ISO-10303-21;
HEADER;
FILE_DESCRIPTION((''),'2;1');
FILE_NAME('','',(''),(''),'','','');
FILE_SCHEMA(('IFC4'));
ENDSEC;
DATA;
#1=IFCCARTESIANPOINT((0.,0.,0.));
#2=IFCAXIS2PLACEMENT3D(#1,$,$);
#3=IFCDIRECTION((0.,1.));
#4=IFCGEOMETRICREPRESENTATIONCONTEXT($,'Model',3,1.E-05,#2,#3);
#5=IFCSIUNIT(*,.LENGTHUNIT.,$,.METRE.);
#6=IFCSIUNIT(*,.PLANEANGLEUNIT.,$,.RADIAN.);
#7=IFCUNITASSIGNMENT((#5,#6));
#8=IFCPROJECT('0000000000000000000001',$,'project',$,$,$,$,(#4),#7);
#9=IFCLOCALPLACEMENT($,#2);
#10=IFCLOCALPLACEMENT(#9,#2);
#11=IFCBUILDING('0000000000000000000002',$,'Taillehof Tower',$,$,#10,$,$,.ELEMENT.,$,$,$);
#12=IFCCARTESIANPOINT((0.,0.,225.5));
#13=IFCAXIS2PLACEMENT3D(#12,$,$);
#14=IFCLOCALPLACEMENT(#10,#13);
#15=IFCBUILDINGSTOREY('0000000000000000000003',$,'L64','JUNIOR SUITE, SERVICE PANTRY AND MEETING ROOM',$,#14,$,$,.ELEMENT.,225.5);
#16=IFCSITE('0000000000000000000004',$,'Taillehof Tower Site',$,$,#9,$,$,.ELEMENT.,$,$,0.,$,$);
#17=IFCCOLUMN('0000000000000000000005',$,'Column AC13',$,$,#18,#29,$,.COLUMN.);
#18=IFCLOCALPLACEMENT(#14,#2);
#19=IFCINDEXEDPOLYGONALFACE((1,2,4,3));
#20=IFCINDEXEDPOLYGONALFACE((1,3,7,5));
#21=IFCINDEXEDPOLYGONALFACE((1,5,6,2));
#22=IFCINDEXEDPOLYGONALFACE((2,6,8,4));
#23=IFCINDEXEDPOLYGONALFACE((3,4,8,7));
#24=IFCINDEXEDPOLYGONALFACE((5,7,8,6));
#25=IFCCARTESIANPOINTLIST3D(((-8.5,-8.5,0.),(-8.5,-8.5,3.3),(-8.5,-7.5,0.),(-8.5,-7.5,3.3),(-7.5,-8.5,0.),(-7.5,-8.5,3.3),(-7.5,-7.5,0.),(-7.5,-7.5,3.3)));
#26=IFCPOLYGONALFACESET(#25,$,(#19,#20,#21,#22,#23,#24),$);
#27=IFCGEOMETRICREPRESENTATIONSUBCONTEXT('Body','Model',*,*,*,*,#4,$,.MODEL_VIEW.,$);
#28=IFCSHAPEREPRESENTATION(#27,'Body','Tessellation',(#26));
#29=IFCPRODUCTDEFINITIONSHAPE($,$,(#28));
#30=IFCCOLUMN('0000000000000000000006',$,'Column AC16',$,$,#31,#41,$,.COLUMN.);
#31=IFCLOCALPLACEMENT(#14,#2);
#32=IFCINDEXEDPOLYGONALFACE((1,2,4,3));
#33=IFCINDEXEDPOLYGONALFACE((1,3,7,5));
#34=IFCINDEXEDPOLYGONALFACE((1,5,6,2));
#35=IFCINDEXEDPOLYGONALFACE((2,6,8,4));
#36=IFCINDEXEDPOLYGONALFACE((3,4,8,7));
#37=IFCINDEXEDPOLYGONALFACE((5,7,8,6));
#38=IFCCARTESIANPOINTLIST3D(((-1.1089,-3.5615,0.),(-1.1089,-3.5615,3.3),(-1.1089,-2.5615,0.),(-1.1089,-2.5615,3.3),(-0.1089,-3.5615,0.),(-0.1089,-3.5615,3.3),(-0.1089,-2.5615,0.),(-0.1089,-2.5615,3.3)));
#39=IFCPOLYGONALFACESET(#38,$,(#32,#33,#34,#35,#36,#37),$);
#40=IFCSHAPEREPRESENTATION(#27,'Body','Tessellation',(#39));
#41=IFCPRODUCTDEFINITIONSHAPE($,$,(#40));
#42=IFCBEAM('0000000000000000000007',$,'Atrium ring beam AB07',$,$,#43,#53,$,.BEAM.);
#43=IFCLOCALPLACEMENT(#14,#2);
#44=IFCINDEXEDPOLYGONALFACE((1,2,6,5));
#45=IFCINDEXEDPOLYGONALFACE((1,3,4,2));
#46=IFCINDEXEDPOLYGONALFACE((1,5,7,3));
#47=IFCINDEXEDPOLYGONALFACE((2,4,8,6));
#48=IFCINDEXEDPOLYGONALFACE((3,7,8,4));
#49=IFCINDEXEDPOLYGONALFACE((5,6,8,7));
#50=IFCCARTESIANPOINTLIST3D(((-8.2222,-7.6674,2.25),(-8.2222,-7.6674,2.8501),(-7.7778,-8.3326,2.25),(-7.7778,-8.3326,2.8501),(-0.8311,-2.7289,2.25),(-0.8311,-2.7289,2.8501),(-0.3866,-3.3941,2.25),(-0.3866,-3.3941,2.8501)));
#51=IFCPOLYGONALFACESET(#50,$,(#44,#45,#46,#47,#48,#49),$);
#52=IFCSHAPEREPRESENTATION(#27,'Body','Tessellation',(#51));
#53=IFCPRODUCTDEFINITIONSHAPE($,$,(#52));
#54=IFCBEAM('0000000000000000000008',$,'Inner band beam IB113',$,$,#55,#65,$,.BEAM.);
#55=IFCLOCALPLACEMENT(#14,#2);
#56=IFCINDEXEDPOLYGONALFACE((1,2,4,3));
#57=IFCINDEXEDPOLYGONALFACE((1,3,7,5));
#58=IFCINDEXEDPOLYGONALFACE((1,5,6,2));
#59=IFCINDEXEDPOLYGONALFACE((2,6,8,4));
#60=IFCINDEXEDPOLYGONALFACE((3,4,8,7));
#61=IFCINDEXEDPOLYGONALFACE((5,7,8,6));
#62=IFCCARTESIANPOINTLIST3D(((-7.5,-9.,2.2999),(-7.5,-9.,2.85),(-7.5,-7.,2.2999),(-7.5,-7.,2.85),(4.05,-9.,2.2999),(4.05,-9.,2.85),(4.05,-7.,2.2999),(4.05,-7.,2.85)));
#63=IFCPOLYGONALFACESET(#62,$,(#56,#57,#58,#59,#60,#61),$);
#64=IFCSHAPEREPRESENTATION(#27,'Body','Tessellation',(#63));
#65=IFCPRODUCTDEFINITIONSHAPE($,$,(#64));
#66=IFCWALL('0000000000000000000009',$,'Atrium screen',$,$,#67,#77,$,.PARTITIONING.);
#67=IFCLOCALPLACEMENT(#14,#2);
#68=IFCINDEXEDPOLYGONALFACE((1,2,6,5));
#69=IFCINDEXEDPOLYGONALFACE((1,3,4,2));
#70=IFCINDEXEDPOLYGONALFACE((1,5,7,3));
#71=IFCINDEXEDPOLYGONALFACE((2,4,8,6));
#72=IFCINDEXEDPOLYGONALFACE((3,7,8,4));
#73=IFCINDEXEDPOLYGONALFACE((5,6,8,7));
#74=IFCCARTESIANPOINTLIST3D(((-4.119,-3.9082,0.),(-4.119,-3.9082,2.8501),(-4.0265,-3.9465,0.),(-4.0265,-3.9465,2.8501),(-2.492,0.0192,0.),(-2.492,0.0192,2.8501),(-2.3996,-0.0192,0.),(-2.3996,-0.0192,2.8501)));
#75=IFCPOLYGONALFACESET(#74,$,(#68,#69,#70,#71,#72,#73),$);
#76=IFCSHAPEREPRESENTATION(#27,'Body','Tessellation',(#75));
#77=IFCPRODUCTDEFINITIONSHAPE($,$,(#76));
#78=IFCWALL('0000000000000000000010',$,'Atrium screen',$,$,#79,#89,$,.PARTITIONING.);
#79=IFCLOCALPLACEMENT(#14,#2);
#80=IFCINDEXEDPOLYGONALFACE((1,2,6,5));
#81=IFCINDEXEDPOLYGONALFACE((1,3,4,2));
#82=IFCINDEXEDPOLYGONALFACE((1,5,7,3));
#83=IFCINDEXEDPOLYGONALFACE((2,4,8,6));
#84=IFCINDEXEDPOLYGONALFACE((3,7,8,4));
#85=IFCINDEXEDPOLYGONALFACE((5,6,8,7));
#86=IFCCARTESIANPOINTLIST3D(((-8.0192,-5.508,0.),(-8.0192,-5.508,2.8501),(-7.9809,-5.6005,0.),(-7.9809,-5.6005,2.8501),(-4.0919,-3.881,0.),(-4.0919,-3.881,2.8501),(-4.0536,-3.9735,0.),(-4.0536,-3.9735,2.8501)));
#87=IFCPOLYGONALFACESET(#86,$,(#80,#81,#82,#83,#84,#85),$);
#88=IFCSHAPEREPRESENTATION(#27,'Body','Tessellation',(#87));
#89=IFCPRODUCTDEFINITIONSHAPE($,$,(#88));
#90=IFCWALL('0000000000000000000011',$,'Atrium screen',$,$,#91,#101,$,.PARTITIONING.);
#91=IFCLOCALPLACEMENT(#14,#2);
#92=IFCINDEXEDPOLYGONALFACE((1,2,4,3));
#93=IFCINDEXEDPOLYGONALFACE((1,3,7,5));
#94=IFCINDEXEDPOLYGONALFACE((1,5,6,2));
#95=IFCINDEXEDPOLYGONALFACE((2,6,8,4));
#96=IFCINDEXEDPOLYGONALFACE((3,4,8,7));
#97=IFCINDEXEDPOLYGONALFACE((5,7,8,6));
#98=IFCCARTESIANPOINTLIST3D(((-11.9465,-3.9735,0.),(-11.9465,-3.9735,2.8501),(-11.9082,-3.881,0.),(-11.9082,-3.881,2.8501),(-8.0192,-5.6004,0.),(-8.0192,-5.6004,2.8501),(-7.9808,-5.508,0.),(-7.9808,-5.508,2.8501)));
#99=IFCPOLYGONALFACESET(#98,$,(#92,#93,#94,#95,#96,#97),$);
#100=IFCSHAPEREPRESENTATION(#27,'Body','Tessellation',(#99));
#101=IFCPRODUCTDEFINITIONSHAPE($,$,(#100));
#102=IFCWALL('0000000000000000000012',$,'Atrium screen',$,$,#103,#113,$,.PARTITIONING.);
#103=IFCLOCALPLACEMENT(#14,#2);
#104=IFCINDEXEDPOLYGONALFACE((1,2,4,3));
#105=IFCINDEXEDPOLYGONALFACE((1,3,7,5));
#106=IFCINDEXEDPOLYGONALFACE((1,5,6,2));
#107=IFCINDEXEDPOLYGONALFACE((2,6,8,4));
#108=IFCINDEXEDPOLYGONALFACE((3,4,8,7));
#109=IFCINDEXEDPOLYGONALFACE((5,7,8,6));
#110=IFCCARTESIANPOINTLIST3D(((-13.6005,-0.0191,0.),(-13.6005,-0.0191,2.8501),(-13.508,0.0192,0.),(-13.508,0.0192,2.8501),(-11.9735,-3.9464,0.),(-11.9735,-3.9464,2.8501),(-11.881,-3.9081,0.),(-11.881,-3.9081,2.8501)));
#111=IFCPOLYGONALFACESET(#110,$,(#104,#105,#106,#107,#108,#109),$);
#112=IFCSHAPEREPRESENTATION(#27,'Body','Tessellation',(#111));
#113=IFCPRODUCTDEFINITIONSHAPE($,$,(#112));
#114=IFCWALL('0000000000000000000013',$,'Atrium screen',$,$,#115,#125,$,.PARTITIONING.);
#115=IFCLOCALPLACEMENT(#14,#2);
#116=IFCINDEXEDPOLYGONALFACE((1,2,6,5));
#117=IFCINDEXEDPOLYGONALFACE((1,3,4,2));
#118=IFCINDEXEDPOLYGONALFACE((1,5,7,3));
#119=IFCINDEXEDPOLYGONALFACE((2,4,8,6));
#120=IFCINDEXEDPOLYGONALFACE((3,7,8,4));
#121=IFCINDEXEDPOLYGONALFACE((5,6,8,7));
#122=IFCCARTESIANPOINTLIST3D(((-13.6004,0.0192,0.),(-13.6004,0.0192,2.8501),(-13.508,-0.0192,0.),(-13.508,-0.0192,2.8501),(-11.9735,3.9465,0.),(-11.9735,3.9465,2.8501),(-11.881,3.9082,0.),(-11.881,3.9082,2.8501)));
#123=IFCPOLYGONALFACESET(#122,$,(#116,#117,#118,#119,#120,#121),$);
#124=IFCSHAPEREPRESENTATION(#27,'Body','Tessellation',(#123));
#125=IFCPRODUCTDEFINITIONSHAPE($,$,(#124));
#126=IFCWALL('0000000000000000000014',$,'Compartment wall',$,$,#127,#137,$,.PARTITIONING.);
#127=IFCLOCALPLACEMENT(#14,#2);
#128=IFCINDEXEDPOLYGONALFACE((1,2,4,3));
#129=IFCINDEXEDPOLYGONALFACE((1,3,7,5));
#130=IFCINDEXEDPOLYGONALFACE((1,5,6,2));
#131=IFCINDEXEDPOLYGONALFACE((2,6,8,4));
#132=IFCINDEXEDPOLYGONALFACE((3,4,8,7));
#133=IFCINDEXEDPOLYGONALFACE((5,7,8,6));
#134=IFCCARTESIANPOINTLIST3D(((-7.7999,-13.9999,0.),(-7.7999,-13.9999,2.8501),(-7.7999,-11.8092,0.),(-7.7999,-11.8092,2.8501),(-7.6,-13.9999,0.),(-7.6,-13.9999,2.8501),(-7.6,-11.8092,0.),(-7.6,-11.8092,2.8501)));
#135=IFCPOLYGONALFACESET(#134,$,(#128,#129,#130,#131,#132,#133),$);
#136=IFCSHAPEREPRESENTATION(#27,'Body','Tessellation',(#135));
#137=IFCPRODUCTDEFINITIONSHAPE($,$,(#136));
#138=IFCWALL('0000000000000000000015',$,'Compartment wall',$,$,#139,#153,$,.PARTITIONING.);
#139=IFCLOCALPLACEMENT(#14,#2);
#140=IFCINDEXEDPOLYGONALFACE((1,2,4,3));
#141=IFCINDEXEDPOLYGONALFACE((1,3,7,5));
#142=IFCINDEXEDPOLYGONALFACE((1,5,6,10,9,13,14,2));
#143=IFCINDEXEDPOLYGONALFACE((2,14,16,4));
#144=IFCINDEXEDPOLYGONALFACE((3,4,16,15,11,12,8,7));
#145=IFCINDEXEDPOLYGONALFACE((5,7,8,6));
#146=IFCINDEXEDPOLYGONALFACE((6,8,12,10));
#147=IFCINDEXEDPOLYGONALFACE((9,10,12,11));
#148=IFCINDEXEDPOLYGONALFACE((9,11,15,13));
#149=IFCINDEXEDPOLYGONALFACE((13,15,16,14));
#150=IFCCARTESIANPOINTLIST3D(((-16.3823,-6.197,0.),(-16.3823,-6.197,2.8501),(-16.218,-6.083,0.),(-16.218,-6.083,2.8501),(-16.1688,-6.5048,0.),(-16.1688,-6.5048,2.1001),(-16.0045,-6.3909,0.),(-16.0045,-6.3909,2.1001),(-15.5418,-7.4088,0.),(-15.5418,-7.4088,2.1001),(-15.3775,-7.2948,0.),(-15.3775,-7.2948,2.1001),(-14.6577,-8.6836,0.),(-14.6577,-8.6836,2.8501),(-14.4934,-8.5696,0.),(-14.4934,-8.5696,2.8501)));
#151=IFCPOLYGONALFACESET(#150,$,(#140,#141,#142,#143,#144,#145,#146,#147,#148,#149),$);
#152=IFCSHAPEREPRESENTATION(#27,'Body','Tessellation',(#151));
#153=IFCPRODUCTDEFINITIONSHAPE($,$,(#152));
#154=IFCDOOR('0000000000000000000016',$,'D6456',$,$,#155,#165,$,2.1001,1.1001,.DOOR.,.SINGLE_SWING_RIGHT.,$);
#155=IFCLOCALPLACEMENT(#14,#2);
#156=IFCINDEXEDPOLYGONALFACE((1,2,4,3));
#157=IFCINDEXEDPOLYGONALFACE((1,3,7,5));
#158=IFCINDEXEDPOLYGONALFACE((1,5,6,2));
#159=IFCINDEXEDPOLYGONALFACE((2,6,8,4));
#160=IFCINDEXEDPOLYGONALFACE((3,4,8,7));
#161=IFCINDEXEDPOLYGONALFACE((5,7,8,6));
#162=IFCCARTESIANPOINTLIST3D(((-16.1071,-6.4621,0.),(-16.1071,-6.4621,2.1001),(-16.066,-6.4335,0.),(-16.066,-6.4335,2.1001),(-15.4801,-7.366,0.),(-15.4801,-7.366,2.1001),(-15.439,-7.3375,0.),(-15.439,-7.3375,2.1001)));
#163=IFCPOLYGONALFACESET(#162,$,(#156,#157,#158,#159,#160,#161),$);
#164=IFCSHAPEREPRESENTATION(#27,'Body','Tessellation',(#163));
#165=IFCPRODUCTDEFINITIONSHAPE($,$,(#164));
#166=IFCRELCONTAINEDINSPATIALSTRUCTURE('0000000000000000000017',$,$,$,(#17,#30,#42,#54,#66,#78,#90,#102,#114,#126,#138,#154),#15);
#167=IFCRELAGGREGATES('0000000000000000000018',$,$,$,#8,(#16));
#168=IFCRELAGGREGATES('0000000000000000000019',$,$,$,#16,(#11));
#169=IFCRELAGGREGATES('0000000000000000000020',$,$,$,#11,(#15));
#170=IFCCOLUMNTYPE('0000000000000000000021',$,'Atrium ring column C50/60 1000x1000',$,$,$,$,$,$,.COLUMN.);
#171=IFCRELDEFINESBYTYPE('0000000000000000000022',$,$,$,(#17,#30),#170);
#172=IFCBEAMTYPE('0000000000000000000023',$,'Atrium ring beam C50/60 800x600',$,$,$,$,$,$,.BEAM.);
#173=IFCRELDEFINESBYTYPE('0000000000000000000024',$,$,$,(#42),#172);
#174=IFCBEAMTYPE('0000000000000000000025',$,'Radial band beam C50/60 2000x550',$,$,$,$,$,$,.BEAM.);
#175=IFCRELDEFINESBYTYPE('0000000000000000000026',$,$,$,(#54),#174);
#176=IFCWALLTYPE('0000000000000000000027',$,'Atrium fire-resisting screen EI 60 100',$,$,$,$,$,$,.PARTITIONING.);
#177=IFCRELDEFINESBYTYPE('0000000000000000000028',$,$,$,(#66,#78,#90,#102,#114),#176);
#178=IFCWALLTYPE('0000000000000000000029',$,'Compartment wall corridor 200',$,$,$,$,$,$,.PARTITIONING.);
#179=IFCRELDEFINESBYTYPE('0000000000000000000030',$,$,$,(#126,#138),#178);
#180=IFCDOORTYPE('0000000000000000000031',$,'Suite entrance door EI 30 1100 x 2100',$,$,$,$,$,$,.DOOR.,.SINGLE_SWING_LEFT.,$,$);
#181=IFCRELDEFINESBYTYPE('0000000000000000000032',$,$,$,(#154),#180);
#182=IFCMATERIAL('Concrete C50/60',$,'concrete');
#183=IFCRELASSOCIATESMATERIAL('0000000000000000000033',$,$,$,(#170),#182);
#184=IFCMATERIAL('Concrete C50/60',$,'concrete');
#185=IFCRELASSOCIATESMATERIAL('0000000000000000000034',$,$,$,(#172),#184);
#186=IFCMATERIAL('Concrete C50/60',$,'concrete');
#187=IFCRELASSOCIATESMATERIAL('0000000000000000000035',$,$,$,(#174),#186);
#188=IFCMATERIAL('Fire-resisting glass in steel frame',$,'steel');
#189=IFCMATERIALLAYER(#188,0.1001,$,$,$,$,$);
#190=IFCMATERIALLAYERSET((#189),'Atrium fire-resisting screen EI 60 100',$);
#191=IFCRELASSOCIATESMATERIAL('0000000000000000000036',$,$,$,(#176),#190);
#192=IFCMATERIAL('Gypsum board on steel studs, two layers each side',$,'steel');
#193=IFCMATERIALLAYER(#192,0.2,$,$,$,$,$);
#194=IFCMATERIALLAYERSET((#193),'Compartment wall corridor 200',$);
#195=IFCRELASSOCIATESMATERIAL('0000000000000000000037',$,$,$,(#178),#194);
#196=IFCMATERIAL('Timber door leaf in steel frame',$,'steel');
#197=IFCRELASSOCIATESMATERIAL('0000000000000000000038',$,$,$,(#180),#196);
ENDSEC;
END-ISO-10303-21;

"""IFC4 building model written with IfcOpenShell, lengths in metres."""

from ifc_helpers import new_model, si_unit, direction, frame, frame_2d, origin, origin_2d, place, context, subcontext, project, spatial, rectangle, extrude, material, layer, layer_set, material_profile, profile_set, type_object, element, fill, save


model = new_model("IFC4")

# Units and contexts
model_context = context("Model", 3, precision=1e-05, world=origin(), true_north=direction((0.0, 1.0)))
body_context = subcontext(model_context, "Body", "Model", "MODEL_VIEW")
ifc_project = project(units=[si_unit("LENGTHUNIT", "METRE"), si_unit("PLANEANGLEUNIT", "RADIAN")], contexts=[model_context])

# Site, building, storey
site_placement = place(None, origin())
site = spatial("IfcSite", under=ifc_project, at=site_placement, Name="Taillehof Tower Site", CompositionType="ELEMENT", RefElevation=0.0)
building_placement = place(site_placement, origin())
building = spatial("IfcBuilding", under=site, at=building_placement, Name="Taillehof Tower", CompositionType="ELEMENT")
storey_placement = place(building_placement, frame((0.0, 0.0, 225.5)))
storey = spatial("IfcBuildingStorey", under=building, at=storey_placement, Name="L64", Description="JUNIOR SUITE, SERVICE PANTRY AND MEETING ROOM", CompositionType="ELEMENT", Elevation=225.5)

# Columns
ifc_material_1 = material(Name="Concrete C50/60", Category="concrete")
ifc_material_profile_1 = material_profile(ifc_material_1, rectangle(XDim=1.0, YDim=1.0, at=origin_2d()), Name="RC 1000x1000")
ifc_profile_set_1 = profile_set([ifc_material_profile_1], Name="Concrete C50/60")
column_type = type_object("IfcColumnType", Name="Atrium ring column C50/60 1000x1000", PredefinedType="COLUMN", material=ifc_profile_set_1)
for number, where, z_axis, x_axis, name in (
    (1, (-8.0, -8.0, 0.0), (0.0, 0.0, 1.0), (1.0, 0.0, 0.0), "Column AC13"),
    (2, (-0.6089, -3.0615, 0.0), (0.0, 0.0, 1.0), (1.0, 0.0, 0.0), "Column AC16"),
):
    element("IfcColumn", number, at=place(storey_placement, frame(where, z_axis=z_axis, x_axis=x_axis)), inside=storey, type_object=column_type, Name=name, PredefinedType="COLUMN", context=body_context, shape_type="SweptSolid", body=[
        extrude(rectangle(XDim=1.0, YDim=1.0, at=origin_2d()), origin(), (0.0, 0.0, 1.0), 3.3),
    ])

# Beams
ifc_material_2 = material(Name="Concrete C50/60", Category="concrete")
ifc_material_profile_2 = material_profile(ifc_material_2, rectangle(XDim=0.8, YDim=0.6001, at=origin_2d()), Name="RC 800x600")
ifc_profile_set_2 = profile_set([ifc_material_profile_2], Name="Concrete C50/60")
beam_type_1 = type_object("IfcBeamType", Name="Atrium ring beam C50/60 800x600", PredefinedType="BEAM", material=ifc_profile_set_2)
beam_1_placement = place(storey_placement, frame((-8.0, -8.0, 2.55), z_axis=(0.831475, 0.555562, 0.0), x_axis=(-0.555562, 0.831475, 0.0)))
element("IfcBeam", 3, at=beam_1_placement, inside=storey, type_object=beam_type_1, Name="Atrium ring beam AB07", PredefinedType="BEAM", context=body_context, shape_type="SweptSolid", body=[
    extrude(rectangle(XDim=0.8, YDim=0.6001, at=origin_2d()), origin(), (0.0, 0.0, 1.0), 8.8892),
])
ifc_material_3 = material(Name="Concrete C50/60", Category="concrete")
ifc_material_profile_3 = material_profile(ifc_material_3, rectangle(XDim=2.0, YDim=0.55, at=origin_2d()), Name="RC 2000x550")
ifc_profile_set_3 = profile_set([ifc_material_profile_3], Name="Concrete C50/60")
beam_type_2 = type_object("IfcBeamType", Name="Radial band beam C50/60 2000x550", PredefinedType="BEAM", material=ifc_profile_set_3)
beam_2_placement = place(storey_placement, frame((-7.5, -8.0, 2.575), z_axis=(1.0, 0.0, 0.0), x_axis=(0.0, 1.0, 0.0)))
element("IfcBeam", 4, at=beam_2_placement, inside=storey, type_object=beam_type_2, Name="Inner band beam IB113", PredefinedType="BEAM", context=body_context, shape_type="SweptSolid", body=[
    extrude(rectangle(XDim=2.0, YDim=0.55, at=origin_2d()), origin(), (0.0, 0.0, 1.0), 11.55),
])

# Walls
ifc_material_4 = material(Name="Fire-resisting glass in steel frame", Category="steel")
ifc_layer_1 = layer(ifc_material_4, 0.1001)
ifc_layer_set_1 = layer_set([ifc_layer_1], Name="Atrium fire-resisting screen EI 60 100")
wall_type_1 = type_object("IfcWallType", Name="Atrium fire-resisting screen EI 60 100", PredefinedType="PARTITIONING", material=ifc_layer_set_1)
for number, where, z_axis, x_axis, name in (
    (5, (-2.4458, 0.0, 0.0), (0.0, 0.0, 1.0), (-0.382731, -0.92386, 0.0), "Atrium screen"),
    (6, (-4.0728, -3.9272, 0.0), (0.0, 0.0, 1.0), (-0.92386, -0.382731, 0.0), "Atrium screen"),
    (7, (-8.0, -5.5542, 0.0), (0.0, 0.0, 1.0), (-0.92386, 0.382731, 0.0), "Atrium screen"),
    (8, (-11.9272, -3.9272, 0.0), (0.0, 0.0, 1.0), (-0.382731, 0.92386, 0.0), "Atrium screen"),
    (9, (-13.5542, 0.0, 0.0), (0.0, 0.0, 1.0), (0.382731, 0.92386, 0.0), "Atrium screen"),
):
    element("IfcWall", number, at=place(storey_placement, frame(where, z_axis=z_axis, x_axis=x_axis)), inside=storey, type_object=wall_type_1, Name=name, PredefinedType="PARTITIONING", context=body_context, shape_type="SweptSolid", body=[
        extrude(rectangle(XDim=4.251, YDim=0.1001, at=frame_2d((2.1255, 0.0))), origin(), (0.0, 0.0, 1.0), 2.8501),
    ])
ifc_material_5 = material(Name="Gypsum board on steel studs, two layers each side", Category="steel")
ifc_layer_2 = layer(ifc_material_5, 0.2)
ifc_layer_set_2 = layer_set([ifc_layer_2], Name="Compartment wall corridor 200")
wall_type_2 = type_object("IfcWallType", Name="Compartment wall corridor 200", PredefinedType="PARTITIONING", material=ifc_layer_set_2)
wall_1_placement = place(storey_placement, frame((-7.7, -11.8093, 0.0), z_axis=(0.0, 0.0, 1.0), x_axis=(0.0, -1.0, 0.0)))
element("IfcWall", 10, at=wall_1_placement, inside=storey, type_object=wall_type_2, Name="Compartment wall", PredefinedType="PARTITIONING", context=body_context, shape_type="SweptSolid", body=[
    extrude(rectangle(XDim=2.1907, YDim=0.2, at=frame_2d((1.0952, 0.0))), origin(), (0.0, 0.0, 1.0), 2.8501),
])

# Wall, opening, door
wall_2_placement = place(storey_placement, frame((-14.5754, -8.6267, 0.0), z_axis=(0.0, 0.0, 1.0), x_axis=(-0.56991, 0.821707, 0.0)))
wall_2 = element("IfcWall", 11, at=wall_2_placement, inside=storey, type_object=wall_type_2, Name="Compartment wall", PredefinedType="PARTITIONING", context=body_context, shape_type="SweptSolid", body=[
    extrude(rectangle(XDim=3.0261, YDim=0.2, at=frame_2d((1.5132, 0.0))), origin(), (0.0, 0.0, 1.0), 2.8501),
])
opening_1_placement = place(wall_2_placement, frame((1.5515, 0.0, 0.0)))
opening_1 = element("IfcOpeningElement", 12, at=opening_1_placement, cuts=wall_2, PredefinedType="OPENING", context=body_context, shape_type="SweptSolid", body=[
    extrude(rectangle(XDim=1.1001, YDim=2.1001, at=frame_2d((0.55, 1.05))), frame((0.0, 0.1099, 0.0), z_axis=(0.0, -1.0, 0.0), x_axis=(1.0, 0.0, 0.0)), (0.0, 0.0, 1.0), 0.22),
])
ifc_material_6 = material(Name="Timber door leaf in steel frame", Category="steel")
door_type_1 = type_object("IfcDoorType", Name="Suite entrance door EI 30 1100 x 2100", OperationType="SINGLE_SWING_LEFT", PredefinedType="DOOR", material=ifc_material_6)
door_1_placement = place(opening_1_placement, origin())
door_1 = element("IfcDoor", 13, at=door_1_placement, inside=storey, type_object=door_type_1, Name="D6456", OperationType="SINGLE_SWING_RIGHT", OverallHeight=2.1001, OverallWidth=1.1001, PredefinedType="DOOR", context=body_context, shape_type="SweptSolid", body=[
    extrude(rectangle(XDim=1.1001, YDim=2.1001, at=frame_2d((0.55, 1.05))), frame((0.0, 0.0249, 0.0), z_axis=(0.0, -1.0, 0.0), x_axis=(1.0, 0.0, 0.0)), (0.0, 0.0, 1.0), 0.05),
])
fill(opening_1, door_1)

save(model, "model.ifc")
